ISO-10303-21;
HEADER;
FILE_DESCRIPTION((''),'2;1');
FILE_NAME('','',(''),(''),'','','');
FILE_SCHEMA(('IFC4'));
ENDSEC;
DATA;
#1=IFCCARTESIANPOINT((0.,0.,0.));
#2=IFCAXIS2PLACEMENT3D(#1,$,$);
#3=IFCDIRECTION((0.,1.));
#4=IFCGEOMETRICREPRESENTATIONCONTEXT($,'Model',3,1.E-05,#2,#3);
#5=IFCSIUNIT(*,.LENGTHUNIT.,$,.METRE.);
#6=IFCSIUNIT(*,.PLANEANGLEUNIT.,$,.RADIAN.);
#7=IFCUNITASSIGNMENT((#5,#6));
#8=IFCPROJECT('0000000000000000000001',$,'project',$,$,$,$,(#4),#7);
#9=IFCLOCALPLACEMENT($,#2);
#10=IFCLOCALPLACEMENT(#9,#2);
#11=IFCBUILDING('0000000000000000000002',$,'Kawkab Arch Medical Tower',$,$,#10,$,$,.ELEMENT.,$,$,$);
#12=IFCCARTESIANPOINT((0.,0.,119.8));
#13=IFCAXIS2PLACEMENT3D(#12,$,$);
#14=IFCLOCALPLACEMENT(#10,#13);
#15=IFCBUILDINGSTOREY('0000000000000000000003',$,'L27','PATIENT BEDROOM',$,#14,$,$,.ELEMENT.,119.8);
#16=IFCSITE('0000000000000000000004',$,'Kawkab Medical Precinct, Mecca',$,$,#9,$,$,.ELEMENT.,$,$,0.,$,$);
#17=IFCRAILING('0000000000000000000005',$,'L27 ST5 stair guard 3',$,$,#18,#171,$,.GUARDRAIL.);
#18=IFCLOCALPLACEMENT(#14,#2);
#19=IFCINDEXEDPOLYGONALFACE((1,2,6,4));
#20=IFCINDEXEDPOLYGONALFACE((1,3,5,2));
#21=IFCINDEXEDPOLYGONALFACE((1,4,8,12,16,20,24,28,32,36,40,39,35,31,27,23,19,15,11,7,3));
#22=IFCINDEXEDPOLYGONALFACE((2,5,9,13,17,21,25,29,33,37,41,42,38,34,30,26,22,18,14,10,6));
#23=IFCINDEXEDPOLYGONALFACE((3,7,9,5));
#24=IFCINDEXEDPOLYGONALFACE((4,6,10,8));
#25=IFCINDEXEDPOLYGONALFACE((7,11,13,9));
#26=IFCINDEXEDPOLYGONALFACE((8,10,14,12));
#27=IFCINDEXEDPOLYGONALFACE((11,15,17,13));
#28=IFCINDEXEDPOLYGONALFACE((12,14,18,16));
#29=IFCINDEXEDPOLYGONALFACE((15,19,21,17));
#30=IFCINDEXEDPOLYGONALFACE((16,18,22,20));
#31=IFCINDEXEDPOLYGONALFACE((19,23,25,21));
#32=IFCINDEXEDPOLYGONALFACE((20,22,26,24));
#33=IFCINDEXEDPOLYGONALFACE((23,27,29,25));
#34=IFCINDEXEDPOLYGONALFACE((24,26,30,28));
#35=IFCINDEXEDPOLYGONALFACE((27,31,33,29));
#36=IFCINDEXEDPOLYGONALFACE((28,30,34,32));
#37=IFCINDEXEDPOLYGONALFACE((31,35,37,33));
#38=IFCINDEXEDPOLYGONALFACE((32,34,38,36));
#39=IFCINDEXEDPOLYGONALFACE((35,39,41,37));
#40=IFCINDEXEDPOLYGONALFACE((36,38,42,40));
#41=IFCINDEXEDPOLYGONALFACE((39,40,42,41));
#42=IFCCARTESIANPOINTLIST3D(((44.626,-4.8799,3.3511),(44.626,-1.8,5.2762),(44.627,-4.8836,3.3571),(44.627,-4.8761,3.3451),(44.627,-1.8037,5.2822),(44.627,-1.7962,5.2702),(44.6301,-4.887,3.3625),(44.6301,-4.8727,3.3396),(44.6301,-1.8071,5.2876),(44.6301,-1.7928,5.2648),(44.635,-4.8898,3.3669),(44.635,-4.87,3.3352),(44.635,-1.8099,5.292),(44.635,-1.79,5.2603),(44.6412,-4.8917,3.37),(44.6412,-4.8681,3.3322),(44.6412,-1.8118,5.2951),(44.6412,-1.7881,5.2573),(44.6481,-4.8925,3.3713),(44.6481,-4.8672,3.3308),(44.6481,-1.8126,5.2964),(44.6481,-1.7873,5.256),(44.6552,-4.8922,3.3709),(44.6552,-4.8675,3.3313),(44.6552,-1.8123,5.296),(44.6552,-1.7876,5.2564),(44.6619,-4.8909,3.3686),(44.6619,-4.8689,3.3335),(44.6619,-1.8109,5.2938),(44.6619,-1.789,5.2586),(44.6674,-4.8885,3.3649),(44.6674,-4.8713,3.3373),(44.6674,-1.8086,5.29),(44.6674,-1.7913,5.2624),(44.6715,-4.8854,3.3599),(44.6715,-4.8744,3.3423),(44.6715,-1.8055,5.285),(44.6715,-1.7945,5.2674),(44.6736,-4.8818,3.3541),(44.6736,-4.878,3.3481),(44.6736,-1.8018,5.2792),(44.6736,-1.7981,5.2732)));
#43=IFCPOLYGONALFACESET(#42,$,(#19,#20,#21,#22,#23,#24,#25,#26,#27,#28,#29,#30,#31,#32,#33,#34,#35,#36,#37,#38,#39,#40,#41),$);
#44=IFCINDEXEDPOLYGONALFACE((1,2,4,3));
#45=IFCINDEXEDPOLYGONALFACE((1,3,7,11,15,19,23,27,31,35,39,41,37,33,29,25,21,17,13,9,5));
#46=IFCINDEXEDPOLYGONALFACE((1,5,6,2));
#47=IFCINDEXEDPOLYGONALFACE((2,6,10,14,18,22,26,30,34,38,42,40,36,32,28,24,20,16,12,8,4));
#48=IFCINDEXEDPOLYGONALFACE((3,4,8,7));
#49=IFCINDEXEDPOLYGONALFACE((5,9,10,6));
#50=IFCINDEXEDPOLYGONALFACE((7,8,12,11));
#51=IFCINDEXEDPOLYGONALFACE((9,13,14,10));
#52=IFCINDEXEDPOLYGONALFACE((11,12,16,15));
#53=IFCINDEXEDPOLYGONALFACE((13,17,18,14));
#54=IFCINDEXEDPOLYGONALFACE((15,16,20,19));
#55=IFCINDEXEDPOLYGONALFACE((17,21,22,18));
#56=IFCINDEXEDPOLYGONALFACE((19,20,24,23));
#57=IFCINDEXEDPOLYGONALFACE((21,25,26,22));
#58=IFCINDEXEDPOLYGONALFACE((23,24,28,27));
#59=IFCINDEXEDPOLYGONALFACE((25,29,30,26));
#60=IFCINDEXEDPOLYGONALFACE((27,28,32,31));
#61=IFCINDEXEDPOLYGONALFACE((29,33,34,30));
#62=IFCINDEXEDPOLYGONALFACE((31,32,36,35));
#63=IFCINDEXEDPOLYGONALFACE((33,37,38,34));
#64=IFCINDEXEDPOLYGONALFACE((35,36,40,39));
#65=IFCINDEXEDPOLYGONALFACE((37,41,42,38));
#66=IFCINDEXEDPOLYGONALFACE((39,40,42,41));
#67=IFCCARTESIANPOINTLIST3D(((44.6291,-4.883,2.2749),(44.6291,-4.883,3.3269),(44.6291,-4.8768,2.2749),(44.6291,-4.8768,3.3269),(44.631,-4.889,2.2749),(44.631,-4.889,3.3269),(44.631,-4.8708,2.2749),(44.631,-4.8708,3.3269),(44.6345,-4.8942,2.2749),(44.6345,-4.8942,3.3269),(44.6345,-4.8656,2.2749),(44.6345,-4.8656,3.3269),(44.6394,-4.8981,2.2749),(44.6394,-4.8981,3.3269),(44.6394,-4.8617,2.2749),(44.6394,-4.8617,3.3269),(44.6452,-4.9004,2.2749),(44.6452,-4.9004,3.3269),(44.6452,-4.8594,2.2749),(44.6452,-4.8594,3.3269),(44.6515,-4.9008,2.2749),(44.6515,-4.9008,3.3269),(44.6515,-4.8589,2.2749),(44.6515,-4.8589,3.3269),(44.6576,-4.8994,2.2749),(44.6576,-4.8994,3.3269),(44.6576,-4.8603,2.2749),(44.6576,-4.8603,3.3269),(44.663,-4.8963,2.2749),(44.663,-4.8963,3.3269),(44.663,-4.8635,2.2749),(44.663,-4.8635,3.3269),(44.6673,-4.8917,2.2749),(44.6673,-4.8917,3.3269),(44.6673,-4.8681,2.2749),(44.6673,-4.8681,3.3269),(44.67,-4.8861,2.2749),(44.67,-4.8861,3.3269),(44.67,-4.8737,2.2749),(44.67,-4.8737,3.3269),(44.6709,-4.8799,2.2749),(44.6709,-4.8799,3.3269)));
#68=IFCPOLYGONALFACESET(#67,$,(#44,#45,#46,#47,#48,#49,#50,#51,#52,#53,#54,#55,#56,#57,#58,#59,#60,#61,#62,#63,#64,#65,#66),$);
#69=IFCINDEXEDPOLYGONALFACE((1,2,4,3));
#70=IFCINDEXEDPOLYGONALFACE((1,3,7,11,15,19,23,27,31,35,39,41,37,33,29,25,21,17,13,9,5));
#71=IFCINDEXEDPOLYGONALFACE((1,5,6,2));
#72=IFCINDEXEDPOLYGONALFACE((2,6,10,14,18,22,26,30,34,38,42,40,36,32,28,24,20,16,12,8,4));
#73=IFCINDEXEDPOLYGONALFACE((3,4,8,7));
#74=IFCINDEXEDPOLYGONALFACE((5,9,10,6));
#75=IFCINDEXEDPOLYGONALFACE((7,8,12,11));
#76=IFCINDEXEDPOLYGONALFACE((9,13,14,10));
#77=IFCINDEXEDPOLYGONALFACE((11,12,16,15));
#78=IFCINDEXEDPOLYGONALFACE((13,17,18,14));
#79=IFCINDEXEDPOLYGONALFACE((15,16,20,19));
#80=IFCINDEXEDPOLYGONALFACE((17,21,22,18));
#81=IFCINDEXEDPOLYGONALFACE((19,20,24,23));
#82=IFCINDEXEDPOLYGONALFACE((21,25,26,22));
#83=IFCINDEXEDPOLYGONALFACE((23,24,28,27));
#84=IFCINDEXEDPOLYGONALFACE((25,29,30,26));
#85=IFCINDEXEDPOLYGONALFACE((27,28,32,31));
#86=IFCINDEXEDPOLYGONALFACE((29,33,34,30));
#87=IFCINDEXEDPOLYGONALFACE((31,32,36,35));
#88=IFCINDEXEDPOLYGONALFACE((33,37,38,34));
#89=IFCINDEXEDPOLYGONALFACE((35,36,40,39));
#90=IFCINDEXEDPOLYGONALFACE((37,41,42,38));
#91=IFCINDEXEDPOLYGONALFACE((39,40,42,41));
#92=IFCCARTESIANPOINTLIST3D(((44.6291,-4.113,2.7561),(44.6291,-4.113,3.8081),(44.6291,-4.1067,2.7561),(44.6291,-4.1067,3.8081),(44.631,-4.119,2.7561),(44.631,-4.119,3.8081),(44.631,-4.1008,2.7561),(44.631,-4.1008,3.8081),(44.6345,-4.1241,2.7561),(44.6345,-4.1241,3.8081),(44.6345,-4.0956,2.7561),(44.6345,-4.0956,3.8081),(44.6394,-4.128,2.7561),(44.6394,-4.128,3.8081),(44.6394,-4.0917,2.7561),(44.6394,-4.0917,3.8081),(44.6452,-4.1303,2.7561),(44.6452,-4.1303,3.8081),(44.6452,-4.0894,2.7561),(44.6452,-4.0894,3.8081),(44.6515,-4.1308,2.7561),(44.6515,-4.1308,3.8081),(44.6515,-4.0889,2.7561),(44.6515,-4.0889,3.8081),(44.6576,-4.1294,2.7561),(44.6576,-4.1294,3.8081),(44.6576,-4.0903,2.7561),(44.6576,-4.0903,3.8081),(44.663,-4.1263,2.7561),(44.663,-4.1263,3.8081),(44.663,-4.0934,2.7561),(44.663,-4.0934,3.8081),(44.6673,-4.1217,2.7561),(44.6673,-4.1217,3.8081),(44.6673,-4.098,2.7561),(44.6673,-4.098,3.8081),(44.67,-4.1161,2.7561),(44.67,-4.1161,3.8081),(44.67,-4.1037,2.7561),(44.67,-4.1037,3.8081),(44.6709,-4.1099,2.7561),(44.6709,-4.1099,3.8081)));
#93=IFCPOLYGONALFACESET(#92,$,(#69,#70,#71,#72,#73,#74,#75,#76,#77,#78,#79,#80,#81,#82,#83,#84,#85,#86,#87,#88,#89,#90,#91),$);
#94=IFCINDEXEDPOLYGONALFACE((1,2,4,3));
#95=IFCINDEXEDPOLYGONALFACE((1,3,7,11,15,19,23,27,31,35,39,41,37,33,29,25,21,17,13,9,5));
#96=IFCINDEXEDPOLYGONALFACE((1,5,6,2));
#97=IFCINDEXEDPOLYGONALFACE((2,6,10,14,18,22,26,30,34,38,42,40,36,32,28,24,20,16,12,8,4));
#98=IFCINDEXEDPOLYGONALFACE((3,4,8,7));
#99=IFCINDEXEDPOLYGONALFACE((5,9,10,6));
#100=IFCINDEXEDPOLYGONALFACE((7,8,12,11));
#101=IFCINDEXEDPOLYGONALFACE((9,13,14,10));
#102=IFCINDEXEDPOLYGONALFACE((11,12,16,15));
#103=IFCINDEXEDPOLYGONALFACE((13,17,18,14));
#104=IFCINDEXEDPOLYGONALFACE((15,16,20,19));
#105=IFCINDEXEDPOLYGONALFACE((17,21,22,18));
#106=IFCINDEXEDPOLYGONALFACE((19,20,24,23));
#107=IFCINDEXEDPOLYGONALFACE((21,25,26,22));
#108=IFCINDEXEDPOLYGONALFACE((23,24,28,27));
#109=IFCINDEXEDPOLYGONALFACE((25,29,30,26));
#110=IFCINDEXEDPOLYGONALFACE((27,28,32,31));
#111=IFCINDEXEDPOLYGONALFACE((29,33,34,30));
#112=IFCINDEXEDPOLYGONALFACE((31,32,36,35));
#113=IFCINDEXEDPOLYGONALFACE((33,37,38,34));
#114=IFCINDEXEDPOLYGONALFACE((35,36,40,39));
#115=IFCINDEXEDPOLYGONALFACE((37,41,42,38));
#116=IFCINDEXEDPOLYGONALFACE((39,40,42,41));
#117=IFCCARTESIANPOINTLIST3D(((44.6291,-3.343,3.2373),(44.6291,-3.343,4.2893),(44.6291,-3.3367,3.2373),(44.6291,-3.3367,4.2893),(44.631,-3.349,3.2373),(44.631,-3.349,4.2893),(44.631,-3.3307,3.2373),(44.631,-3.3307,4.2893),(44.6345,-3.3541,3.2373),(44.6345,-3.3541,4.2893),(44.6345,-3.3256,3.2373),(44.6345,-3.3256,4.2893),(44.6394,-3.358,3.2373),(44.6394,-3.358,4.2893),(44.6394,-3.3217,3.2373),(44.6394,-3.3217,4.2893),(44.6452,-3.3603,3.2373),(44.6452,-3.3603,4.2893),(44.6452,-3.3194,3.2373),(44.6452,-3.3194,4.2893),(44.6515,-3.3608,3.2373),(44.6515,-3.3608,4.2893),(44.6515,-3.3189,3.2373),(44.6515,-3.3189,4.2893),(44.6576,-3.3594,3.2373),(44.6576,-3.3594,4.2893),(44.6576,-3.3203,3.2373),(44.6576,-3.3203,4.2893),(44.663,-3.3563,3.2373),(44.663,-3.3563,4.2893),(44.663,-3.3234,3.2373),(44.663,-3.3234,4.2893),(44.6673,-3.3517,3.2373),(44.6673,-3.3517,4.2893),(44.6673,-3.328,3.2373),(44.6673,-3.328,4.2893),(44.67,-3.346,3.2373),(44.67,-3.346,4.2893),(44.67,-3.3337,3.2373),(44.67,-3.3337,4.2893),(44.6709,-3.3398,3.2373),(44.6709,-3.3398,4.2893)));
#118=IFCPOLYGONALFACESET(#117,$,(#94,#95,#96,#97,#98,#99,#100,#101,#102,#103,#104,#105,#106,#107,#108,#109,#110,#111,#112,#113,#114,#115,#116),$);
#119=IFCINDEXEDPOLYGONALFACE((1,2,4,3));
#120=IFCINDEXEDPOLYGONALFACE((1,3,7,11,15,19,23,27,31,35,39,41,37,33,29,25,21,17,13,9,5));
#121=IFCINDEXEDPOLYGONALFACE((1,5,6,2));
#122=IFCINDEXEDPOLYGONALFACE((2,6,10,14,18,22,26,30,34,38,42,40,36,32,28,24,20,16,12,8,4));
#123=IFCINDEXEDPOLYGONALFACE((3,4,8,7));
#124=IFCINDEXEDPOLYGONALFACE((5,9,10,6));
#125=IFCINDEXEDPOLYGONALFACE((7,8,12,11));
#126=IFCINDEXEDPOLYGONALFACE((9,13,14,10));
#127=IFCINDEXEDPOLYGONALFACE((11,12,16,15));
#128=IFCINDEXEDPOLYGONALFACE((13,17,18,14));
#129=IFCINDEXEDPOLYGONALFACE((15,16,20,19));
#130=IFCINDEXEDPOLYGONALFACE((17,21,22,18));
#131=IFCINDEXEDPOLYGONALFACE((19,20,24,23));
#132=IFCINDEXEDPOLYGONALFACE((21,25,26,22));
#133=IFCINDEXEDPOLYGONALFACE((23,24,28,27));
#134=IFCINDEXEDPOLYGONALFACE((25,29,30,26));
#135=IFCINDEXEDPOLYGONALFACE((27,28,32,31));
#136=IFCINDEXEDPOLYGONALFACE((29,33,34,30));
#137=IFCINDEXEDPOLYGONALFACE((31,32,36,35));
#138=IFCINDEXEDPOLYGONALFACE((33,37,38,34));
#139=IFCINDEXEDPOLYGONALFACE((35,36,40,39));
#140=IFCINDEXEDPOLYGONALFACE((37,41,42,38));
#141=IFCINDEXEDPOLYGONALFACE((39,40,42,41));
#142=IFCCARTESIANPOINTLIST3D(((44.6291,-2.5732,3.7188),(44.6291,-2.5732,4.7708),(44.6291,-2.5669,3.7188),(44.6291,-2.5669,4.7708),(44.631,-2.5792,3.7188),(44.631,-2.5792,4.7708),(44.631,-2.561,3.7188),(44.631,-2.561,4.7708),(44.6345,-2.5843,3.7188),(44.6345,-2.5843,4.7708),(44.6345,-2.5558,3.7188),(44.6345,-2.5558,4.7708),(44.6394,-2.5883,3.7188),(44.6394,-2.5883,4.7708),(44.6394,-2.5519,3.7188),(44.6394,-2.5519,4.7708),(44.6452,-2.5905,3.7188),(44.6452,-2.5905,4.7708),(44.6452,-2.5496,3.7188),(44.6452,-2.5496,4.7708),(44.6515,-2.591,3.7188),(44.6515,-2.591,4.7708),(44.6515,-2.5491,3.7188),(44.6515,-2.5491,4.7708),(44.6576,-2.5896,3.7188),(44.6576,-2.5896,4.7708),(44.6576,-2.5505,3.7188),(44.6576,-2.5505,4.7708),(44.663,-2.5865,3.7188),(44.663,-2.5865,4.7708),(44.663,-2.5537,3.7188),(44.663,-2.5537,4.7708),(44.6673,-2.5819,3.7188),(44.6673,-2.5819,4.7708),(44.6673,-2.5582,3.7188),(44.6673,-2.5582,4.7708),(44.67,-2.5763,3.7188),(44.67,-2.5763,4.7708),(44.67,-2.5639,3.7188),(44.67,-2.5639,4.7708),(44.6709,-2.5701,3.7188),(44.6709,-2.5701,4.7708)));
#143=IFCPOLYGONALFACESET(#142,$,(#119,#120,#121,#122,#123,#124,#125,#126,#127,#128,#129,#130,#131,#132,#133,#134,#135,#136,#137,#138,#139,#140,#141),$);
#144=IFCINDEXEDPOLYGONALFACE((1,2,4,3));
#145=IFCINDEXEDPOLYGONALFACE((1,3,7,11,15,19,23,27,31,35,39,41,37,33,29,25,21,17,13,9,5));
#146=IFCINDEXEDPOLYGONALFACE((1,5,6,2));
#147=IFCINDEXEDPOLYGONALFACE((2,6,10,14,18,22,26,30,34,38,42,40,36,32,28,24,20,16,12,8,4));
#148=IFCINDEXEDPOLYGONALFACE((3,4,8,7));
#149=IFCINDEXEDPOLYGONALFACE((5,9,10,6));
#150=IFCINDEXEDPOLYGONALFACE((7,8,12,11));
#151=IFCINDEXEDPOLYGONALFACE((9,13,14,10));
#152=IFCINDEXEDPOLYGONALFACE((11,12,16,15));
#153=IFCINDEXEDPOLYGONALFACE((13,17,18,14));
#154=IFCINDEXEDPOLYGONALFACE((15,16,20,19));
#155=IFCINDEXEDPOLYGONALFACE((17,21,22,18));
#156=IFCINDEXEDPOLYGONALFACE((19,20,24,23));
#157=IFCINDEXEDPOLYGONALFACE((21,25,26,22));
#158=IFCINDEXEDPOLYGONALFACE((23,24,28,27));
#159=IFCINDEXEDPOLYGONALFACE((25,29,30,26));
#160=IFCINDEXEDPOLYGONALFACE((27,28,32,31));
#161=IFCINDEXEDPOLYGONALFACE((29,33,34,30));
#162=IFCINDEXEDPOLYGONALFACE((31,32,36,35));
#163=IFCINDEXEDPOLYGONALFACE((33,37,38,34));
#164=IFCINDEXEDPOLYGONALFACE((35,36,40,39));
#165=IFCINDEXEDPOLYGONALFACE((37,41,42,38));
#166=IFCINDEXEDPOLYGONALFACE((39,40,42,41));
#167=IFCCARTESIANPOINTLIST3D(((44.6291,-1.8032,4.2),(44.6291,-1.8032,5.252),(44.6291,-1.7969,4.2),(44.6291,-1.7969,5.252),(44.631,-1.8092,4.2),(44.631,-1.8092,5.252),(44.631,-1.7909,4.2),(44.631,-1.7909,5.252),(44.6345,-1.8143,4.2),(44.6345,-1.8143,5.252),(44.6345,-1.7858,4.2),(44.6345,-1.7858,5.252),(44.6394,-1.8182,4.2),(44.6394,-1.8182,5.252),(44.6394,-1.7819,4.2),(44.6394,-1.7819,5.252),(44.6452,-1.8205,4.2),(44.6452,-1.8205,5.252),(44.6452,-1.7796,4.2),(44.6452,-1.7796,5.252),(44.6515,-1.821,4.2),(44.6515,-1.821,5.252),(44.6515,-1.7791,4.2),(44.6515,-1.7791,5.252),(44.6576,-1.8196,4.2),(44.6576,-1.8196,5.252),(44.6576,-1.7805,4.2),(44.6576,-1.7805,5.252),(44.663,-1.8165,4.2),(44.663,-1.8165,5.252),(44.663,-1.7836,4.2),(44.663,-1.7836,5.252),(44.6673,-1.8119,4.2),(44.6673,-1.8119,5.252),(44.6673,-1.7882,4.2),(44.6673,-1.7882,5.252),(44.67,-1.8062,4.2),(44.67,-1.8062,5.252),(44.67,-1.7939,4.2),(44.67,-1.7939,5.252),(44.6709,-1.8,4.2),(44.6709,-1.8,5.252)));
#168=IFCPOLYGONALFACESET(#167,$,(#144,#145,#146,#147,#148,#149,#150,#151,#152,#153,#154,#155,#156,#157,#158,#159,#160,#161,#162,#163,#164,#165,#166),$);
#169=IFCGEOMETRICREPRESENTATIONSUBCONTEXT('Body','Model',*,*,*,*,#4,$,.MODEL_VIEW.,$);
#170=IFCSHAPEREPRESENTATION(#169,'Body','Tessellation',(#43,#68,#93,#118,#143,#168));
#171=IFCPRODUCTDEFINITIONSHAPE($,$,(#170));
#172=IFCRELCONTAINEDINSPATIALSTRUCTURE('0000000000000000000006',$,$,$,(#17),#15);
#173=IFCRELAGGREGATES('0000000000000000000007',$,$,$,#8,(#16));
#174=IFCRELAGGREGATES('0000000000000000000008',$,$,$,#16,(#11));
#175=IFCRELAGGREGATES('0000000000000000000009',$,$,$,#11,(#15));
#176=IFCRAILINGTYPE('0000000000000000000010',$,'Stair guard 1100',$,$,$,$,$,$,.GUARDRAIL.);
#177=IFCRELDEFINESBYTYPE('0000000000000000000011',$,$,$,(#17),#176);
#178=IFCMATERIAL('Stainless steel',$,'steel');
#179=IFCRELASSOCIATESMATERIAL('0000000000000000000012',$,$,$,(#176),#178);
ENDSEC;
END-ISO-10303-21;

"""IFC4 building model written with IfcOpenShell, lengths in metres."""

from ifc_helpers import new_model, si_unit, direction, frame, origin, origin_2d, place, context, subcontext, project, spatial, circle, extrude, material, type_object, element, save


model = new_model("IFC4")

# Units and contexts
model_context = context("Model", 3, precision=1e-05, world=origin(), true_north=direction((0.0, 1.0)))
body_context = subcontext(model_context, "Body", "Model", "MODEL_VIEW")
ifc_project = project(units=[si_unit("LENGTHUNIT", "METRE"), si_unit("PLANEANGLEUNIT", "RADIAN")], contexts=[model_context])

# Site, building, storey
site_placement = place(None, origin())
site = spatial("IfcSite", under=ifc_project, at=site_placement, Name="Kawkab Medical Precinct, Mecca", CompositionType="ELEMENT", RefElevation=0.0)
building_placement = place(site_placement, origin())
building = spatial("IfcBuilding", under=site, at=building_placement, Name="Kawkab Arch Medical Tower", CompositionType="ELEMENT")
storey_placement = place(building_placement, frame((0.0, 0.0, 119.8)))
storey = spatial("IfcBuildingStorey", under=building, at=storey_placement, Name="L27", Description="PATIENT BEDROOM", CompositionType="ELEMENT", Elevation=119.8)

# Railing
ifc_material_1 = material(Name="Stainless steel", Category="steel")
railing_type = type_object("IfcRailingType", Name="Stair guard 1100", PredefinedType="GUARDRAIL", material=ifc_material_1)
railing_1_placement = place(storey_placement, frame((44.6499, -4.8799, 2.2749)))
element("IfcRailing", 1, at=railing_1_placement, inside=storey, type_object=railing_type, Name="L27 ST5 stair guard 3", PredefinedType="GUARDRAIL", context=body_context, shape_type="SweptSolid", body=[
    extrude(circle(Radius=0.0239, at=origin_2d()), frame((0.0, 0.0, 1.0762), z_axis=(0.0, 0.847979, 0.530029), x_axis=(-1.0, 0.0, 0.0)), (0.0, 0.0, 1.0), 3.6321),
    extrude(circle(Radius=0.021, at=origin_2d()), origin(), (0.0, 0.0, 1.0), 1.052),
    extrude(circle(Radius=0.021, at=origin_2d()), frame((0.0, 0.77, 0.4812)), (0.0, 0.0, 1.0), 1.052),
    extrude(circle(Radius=0.021, at=origin_2d()), frame((0.0, 1.54, 0.9624)), (0.0, 0.0, 1.0), 1.052),
    extrude(circle(Radius=0.021, at=origin_2d()), frame((0.0, 2.3098, 1.4438)), (0.0, 0.0, 1.0), 1.052),
    extrude(circle(Radius=0.021, at=origin_2d()), frame((0.0, 3.0798, 1.925)), (0.0, 0.0, 1.0), 1.052),
])

save(model, "model.ifc")
